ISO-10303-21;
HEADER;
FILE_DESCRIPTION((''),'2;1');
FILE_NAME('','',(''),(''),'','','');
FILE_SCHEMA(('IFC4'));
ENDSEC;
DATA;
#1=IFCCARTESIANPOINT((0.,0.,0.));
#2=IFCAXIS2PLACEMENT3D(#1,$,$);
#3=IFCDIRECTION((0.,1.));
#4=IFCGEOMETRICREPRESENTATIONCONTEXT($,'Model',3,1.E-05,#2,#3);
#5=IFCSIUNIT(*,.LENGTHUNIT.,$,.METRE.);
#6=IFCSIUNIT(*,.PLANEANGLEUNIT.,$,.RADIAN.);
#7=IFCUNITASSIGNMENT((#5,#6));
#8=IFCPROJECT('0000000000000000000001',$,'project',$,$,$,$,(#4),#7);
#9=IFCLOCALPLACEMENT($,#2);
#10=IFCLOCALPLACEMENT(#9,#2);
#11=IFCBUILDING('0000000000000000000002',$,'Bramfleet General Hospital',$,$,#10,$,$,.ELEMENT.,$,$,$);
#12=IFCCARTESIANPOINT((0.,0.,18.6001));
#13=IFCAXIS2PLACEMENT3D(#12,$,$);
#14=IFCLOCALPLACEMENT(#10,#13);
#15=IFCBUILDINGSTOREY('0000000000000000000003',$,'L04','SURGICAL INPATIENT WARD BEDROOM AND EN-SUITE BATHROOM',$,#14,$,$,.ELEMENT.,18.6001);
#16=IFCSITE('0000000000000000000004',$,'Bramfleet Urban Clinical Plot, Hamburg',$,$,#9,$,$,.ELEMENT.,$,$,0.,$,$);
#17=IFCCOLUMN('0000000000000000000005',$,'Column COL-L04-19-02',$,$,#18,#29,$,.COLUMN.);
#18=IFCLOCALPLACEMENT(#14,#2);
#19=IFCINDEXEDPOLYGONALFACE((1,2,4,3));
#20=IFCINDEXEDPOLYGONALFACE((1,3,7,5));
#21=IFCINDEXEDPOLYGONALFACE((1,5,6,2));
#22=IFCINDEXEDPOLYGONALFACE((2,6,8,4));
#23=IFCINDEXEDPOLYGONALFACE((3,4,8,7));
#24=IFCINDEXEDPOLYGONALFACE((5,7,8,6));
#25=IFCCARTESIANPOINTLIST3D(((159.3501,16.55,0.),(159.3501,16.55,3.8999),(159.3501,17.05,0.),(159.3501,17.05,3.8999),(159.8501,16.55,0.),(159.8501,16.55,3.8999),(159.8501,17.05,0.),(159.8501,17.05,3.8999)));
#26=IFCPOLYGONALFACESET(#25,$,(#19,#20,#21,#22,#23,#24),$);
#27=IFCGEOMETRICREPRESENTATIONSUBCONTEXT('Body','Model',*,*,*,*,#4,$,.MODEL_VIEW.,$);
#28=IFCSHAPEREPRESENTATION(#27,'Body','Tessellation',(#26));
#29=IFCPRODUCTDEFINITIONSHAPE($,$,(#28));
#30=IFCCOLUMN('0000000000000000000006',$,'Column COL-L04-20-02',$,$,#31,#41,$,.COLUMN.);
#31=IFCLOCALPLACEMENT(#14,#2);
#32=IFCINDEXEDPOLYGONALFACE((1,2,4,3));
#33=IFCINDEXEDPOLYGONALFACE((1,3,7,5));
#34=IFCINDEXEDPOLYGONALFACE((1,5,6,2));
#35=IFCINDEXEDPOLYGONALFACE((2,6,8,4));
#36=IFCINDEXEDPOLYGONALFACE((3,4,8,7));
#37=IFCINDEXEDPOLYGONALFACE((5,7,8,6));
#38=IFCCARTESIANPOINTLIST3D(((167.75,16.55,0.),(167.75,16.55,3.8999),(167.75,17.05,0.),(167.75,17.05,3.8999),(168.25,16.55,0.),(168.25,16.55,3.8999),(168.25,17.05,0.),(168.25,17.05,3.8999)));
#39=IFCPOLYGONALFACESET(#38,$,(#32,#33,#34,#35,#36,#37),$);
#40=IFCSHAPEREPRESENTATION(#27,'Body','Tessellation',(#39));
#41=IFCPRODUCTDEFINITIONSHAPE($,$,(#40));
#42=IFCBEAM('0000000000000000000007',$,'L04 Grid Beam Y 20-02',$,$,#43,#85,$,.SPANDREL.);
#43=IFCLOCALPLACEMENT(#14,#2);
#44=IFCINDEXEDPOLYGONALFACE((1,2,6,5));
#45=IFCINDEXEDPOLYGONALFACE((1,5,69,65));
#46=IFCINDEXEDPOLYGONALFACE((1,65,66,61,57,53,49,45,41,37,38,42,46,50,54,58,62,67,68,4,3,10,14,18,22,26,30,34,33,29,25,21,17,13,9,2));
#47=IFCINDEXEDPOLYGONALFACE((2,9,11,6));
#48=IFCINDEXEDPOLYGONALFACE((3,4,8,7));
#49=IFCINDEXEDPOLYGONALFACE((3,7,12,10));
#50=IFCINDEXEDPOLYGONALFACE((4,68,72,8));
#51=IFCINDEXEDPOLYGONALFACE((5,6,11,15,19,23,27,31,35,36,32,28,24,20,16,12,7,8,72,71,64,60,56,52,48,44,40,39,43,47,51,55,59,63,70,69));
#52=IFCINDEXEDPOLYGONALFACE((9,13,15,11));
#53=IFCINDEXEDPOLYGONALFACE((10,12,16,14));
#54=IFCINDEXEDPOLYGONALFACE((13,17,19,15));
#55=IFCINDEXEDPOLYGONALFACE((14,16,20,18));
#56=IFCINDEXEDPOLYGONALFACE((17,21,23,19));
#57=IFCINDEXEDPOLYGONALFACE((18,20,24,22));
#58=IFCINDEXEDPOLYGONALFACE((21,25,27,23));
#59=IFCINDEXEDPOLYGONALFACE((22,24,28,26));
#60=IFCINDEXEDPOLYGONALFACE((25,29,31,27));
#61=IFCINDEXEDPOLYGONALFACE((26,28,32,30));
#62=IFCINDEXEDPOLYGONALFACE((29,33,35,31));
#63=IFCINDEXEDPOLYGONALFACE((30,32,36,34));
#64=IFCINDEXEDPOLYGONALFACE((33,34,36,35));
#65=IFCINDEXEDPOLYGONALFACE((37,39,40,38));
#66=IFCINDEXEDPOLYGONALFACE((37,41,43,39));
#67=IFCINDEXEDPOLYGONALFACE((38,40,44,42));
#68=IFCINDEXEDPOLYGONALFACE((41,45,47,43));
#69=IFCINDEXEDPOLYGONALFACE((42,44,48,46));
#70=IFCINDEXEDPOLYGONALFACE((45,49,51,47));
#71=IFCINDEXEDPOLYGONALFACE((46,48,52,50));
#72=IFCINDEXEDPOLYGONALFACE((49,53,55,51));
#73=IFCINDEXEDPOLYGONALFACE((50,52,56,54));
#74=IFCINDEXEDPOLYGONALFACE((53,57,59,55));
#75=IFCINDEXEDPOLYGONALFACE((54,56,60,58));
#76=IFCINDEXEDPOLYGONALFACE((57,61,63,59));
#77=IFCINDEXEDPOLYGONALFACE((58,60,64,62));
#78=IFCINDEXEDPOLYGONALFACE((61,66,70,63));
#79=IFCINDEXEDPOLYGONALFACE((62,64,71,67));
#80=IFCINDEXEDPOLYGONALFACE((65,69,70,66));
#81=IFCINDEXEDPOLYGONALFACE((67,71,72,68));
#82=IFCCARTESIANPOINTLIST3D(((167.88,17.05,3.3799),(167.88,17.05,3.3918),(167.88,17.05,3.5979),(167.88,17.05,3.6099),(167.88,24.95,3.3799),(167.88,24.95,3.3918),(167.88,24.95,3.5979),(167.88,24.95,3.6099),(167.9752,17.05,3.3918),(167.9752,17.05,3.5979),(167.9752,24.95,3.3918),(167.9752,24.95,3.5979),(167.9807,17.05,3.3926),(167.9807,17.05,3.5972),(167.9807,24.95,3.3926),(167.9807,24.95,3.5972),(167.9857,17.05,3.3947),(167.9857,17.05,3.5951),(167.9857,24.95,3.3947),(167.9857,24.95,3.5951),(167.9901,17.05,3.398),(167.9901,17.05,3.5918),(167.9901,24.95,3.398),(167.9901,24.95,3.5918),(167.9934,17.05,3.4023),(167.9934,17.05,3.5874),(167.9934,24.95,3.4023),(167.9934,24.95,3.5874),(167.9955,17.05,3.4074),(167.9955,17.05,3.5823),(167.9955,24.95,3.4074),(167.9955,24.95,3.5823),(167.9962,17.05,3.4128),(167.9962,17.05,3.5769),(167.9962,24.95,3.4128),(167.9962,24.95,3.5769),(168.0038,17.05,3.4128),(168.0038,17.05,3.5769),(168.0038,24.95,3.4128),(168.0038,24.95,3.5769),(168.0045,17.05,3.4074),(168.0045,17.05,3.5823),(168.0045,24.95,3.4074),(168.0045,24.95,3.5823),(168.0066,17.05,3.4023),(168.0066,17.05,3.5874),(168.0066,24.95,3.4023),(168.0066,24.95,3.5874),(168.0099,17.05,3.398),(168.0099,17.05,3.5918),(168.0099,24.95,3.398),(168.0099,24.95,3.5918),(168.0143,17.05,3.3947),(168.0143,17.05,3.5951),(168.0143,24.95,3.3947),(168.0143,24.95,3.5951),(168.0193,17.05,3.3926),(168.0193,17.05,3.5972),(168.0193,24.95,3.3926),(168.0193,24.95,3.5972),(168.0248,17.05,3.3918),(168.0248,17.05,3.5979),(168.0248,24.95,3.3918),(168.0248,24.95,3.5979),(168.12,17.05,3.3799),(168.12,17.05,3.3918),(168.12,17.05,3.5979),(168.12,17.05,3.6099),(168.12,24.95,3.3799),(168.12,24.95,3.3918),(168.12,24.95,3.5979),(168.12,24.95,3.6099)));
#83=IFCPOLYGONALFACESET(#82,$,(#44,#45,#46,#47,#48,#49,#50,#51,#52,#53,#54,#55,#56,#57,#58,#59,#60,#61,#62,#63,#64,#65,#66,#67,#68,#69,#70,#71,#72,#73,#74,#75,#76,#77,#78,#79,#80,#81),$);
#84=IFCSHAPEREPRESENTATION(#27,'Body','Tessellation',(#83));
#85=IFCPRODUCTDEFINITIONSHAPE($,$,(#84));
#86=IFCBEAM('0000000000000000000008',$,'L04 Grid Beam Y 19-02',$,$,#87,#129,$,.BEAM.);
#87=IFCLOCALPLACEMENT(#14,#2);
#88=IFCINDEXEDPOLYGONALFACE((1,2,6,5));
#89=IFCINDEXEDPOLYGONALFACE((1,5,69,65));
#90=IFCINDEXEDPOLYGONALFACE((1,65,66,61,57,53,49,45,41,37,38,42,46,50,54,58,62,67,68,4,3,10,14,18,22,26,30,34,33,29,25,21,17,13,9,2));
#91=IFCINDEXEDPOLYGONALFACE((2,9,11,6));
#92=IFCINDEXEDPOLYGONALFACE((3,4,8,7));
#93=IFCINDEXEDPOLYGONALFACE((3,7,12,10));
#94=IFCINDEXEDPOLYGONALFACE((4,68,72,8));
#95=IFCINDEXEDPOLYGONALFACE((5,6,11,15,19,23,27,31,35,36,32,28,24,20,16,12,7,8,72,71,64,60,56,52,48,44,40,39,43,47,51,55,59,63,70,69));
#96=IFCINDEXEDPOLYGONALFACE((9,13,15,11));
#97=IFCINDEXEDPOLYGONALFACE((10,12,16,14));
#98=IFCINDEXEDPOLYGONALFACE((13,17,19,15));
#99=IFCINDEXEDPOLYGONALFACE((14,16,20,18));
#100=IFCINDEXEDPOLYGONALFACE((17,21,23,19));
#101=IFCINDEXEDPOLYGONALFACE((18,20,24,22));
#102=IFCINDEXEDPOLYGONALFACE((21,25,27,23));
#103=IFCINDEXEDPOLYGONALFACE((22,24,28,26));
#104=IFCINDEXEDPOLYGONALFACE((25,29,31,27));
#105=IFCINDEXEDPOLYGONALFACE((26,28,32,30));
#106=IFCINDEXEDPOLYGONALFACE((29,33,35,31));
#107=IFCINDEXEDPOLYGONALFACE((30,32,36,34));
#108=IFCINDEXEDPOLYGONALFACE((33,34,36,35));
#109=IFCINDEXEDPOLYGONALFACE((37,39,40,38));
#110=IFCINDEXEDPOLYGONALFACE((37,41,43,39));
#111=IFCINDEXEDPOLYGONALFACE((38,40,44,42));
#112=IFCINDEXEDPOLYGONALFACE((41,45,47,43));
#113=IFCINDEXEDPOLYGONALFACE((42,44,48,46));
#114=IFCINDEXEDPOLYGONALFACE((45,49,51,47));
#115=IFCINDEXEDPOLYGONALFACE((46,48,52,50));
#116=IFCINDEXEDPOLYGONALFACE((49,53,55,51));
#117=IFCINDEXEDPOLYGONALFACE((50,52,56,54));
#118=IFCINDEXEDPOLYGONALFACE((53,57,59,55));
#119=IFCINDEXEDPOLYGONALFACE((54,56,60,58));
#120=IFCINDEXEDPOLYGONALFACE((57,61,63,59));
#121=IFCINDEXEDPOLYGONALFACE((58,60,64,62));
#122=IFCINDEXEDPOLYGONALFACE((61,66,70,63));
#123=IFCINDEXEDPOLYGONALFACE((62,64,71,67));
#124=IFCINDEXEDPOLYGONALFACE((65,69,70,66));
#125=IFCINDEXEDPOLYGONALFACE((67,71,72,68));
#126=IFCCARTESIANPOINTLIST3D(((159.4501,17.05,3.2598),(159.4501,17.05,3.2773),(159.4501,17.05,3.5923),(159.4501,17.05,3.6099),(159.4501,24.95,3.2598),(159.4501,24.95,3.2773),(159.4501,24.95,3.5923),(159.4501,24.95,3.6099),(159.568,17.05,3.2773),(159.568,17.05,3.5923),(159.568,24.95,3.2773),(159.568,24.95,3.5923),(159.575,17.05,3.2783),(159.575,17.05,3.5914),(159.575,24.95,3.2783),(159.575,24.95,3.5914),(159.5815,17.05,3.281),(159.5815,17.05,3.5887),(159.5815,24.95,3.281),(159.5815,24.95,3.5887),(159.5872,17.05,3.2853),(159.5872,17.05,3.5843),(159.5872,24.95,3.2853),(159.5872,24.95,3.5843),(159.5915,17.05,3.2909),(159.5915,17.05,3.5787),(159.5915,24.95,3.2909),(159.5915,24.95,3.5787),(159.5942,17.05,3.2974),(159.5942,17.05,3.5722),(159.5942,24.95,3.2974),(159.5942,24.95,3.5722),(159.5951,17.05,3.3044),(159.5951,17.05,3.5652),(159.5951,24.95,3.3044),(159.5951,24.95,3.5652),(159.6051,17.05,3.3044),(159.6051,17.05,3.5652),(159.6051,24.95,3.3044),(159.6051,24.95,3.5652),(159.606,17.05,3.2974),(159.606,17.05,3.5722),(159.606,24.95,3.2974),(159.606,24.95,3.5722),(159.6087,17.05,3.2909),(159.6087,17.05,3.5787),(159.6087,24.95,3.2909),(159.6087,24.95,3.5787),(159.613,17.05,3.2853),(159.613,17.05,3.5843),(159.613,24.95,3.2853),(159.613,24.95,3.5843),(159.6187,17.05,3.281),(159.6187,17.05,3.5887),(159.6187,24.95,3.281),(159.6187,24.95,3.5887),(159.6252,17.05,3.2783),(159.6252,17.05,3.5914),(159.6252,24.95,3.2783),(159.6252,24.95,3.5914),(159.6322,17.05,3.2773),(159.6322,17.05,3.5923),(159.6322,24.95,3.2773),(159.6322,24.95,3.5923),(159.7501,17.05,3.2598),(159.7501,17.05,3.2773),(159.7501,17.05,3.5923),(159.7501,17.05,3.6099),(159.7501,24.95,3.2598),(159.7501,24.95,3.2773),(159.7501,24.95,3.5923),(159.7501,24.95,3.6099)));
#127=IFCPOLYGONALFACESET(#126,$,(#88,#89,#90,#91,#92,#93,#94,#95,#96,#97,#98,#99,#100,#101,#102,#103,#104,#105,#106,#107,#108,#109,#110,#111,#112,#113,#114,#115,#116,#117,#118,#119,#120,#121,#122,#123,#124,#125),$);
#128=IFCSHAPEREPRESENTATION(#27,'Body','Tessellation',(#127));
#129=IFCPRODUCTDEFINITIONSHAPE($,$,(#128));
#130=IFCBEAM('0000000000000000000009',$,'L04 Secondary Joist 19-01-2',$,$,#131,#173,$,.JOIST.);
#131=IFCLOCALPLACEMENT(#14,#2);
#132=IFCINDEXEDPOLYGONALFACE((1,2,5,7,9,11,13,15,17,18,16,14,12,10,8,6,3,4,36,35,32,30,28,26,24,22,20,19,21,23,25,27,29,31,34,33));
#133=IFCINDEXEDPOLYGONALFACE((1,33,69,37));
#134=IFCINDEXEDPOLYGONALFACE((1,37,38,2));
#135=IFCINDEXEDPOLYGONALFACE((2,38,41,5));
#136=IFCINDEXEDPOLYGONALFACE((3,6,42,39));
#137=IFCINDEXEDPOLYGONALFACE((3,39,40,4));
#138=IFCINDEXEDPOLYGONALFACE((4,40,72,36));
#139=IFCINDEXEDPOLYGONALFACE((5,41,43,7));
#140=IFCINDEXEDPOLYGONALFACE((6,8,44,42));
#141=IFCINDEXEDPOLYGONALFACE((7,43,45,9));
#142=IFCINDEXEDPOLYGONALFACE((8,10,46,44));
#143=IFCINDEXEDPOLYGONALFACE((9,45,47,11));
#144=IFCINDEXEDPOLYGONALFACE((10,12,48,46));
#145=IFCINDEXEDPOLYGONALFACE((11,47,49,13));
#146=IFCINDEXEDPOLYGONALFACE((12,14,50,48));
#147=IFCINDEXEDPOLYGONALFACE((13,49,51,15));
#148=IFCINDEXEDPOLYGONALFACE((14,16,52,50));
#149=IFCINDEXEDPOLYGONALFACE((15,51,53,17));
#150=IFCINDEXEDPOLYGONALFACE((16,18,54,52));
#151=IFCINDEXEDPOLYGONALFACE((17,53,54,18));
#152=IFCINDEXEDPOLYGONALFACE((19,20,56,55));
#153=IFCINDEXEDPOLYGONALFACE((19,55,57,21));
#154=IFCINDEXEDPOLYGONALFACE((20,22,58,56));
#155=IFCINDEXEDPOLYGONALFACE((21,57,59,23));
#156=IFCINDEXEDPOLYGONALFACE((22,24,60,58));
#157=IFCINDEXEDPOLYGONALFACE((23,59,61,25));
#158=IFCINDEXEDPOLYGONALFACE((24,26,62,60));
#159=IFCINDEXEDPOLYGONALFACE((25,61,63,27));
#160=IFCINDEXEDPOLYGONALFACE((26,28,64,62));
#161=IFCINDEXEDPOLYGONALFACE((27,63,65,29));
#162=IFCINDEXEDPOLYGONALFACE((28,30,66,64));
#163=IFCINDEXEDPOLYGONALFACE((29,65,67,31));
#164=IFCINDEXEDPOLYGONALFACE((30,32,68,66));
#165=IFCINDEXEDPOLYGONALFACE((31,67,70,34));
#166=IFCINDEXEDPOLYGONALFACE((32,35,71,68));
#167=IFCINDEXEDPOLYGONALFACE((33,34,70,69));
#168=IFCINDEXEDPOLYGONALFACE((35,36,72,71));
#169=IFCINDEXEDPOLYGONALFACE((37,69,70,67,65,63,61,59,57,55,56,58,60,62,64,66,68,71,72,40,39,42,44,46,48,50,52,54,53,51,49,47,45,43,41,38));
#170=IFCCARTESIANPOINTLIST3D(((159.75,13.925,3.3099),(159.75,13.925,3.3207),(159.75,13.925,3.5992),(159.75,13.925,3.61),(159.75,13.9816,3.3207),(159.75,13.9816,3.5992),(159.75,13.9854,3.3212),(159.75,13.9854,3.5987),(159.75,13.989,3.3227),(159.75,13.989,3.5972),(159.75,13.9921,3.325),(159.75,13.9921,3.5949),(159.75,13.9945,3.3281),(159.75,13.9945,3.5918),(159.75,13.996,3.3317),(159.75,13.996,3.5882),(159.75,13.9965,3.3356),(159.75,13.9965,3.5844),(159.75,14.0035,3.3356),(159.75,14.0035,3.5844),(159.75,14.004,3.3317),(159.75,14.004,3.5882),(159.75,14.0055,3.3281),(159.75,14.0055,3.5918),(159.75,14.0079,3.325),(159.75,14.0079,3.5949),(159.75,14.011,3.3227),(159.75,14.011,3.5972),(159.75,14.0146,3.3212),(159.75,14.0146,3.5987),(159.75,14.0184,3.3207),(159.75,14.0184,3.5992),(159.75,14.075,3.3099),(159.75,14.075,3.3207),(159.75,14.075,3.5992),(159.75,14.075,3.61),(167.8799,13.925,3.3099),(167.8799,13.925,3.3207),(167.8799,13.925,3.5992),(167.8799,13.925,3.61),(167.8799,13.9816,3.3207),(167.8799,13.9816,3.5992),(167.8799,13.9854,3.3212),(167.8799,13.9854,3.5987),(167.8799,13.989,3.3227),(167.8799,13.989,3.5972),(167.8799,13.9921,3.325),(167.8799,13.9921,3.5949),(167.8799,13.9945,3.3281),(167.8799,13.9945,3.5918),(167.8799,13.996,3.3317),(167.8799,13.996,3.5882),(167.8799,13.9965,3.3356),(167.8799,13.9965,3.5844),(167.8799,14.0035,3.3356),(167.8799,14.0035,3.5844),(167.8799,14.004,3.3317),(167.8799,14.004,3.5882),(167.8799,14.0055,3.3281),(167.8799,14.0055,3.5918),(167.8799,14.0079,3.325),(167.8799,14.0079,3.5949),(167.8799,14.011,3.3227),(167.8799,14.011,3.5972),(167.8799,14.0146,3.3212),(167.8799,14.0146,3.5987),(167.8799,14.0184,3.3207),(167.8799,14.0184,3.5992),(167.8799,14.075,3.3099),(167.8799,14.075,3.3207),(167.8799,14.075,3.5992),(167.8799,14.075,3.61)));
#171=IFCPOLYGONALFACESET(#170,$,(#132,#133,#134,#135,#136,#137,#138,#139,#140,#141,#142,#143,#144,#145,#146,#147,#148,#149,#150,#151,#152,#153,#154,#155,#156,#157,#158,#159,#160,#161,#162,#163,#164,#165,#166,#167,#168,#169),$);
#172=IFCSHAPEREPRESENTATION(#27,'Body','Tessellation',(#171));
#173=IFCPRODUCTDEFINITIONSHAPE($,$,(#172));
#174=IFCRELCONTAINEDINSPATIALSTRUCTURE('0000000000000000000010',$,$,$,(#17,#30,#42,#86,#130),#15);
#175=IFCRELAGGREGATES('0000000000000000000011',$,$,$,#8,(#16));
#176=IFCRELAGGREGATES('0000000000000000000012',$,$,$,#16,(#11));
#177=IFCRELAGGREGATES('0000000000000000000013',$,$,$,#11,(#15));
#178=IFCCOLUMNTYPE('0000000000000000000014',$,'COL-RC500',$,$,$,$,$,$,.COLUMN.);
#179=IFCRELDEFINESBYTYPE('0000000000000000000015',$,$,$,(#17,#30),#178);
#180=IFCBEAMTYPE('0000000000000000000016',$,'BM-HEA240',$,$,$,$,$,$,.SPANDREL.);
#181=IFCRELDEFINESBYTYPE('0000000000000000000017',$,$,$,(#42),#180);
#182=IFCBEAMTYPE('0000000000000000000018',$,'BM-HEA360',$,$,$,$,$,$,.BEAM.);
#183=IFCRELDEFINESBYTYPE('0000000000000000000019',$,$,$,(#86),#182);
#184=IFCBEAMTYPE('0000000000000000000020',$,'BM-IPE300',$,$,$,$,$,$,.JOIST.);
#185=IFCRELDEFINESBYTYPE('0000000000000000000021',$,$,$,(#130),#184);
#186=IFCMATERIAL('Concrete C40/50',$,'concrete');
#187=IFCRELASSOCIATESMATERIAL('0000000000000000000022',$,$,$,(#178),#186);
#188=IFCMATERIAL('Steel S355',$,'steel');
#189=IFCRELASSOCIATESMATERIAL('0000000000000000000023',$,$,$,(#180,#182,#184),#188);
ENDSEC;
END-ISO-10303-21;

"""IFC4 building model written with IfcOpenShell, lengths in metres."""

from ifc_helpers import new_model, si_unit, direction, frame, origin, origin_2d, place, context, subcontext, project, spatial, rectangle, i_section, extrude, material, material_profile, profile_set, type_object, element, save


model = new_model("IFC4")

# Units and contexts
model_context = context("Model", 3, precision=1e-05, world=origin(), true_north=direction((0.0, 1.0)))
body_context = subcontext(model_context, "Body", "Model", "MODEL_VIEW")
ifc_project = project(units=[si_unit("LENGTHUNIT", "METRE"), si_unit("PLANEANGLEUNIT", "RADIAN")], contexts=[model_context])

# Site, building, storey
site_placement = place(None, origin())
site = spatial("IfcSite", under=ifc_project, at=site_placement, Name="Bramfleet Urban Clinical Plot, Hamburg", CompositionType="ELEMENT", RefElevation=0.0)
building_placement = place(site_placement, origin())
building = spatial("IfcBuilding", under=site, at=building_placement, Name="Bramfleet General Hospital", CompositionType="ELEMENT")
storey_placement = place(building_placement, frame((0.0, 0.0, 18.6001)))
storey = spatial("IfcBuildingStorey", under=building, at=storey_placement, Name="L04", Description="SURGICAL INPATIENT WARD BEDROOM AND EN-SUITE BATHROOM", CompositionType="ELEMENT", Elevation=18.6001)

# Columns
ifc_material_1 = material(Name="Concrete C40/50", Category="concrete")
ifc_material_profile_1 = material_profile(ifc_material_1, rectangle(XDim=0.5, YDim=0.5, at=origin_2d()), Name="RC COL 500x500")
ifc_profile_set_1 = profile_set([ifc_material_profile_1], Name="Concrete C40/50")
column_type = type_object("IfcColumnType", Name="COL-RC500", PredefinedType="COLUMN", material=ifc_profile_set_1)
for number, where, z_axis, x_axis, name in (
    (1, (159.6001, 16.8, 0.0), (0.0, 0.0, 1.0), (1.0, 0.0, 0.0), "Column COL-L04-19-02"),
    (2, (168.0, 16.8, 0.0), (0.0, 0.0, 1.0), (1.0, 0.0, 0.0), "Column COL-L04-20-02"),
):
    element("IfcColumn", number, at=place(storey_placement, frame(where, z_axis=z_axis, x_axis=x_axis)), inside=storey, type_object=column_type, Name=name, PredefinedType="COLUMN", context=body_context, shape_type="SweptSolid", body=[
        extrude(rectangle(XDim=0.5, YDim=0.5, at=origin_2d()), origin(), (0.0, 0.0, 1.0), 3.8999),
    ])

# Beams
ifc_material_2 = material(Name="Steel S355", Category="steel")
ifc_material_profile_2 = material_profile(ifc_material_2, i_section(OverallWidth=0.24, OverallDepth=0.23, WebThickness=0.0076, FlangeThickness=0.012, FilletRadius=0.021, at=origin_2d()), Name="HEA 240")
ifc_profile_set_2 = profile_set([ifc_material_profile_2], Name="Steel S355")
beam_type_1 = type_object("IfcBeamType", Name="BM-HEA240", PredefinedType="SPANDREL", material=ifc_profile_set_2)
beam_1_placement = place(storey_placement, frame((168.0, 17.05, 3.4949), z_axis=(0.0, 1.0, 0.0), x_axis=(-1.0, 0.0, 0.0)))
element("IfcBeam", 3, at=beam_1_placement, inside=storey, type_object=beam_type_1, Name="L04 Grid Beam Y 20-02", PredefinedType="SPANDREL", context=body_context, shape_type="SweptSolid", body=[
    extrude(i_section(OverallWidth=0.24, OverallDepth=0.23, WebThickness=0.0076, FlangeThickness=0.012, FilletRadius=0.021, at=origin_2d()), origin(), (0.0, 0.0, 1.0), 7.8999),
])
ifc_material_profile_3 = material_profile(ifc_material_2, i_section(OverallWidth=0.3, OverallDepth=0.3501, WebThickness=0.01, FlangeThickness=0.0176, FilletRadius=0.0271, at=origin_2d()), Name="HEA 360")
ifc_profile_set_3 = profile_set([ifc_material_profile_3], Name="Steel S355")
beam_type_2 = type_object("IfcBeamType", Name="BM-HEA360", PredefinedType="BEAM", material=ifc_profile_set_3)
beam_2_placement = place(storey_placement, frame((159.6001, 17.05, 3.4348), z_axis=(0.0, 1.0, 0.0), x_axis=(-1.0, 0.0, 0.0)))
element("IfcBeam", 4, at=beam_2_placement, inside=storey, type_object=beam_type_2, Name="L04 Grid Beam Y 19-02", PredefinedType="BEAM", context=body_context, shape_type="SweptSolid", body=[
    extrude(i_section(OverallWidth=0.3, OverallDepth=0.3501, WebThickness=0.01, FlangeThickness=0.0176, FilletRadius=0.0271, at=origin_2d()), origin(), (0.0, 0.0, 1.0), 7.8999),
])
ifc_material_profile_4 = material_profile(ifc_material_2, i_section(OverallWidth=0.1499, OverallDepth=0.3, WebThickness=0.0071, FlangeThickness=0.0107, FilletRadius=0.0149, at=origin_2d()), Name="IPE 300")
ifc_profile_set_4 = profile_set([ifc_material_profile_4], Name="Steel S355")
beam_type_3 = type_object("IfcBeamType", Name="BM-IPE300", PredefinedType="JOIST", material=ifc_profile_set_4)
for number, where, z_axis, x_axis, name in (
    (5, (159.75, 14.0, 3.46), (1.0, 0.0, 0.0), (0.0, 1.0, 0.0), "L04 Secondary Joist 19-01-2"),
):
    element("IfcBeam", number, at=place(storey_placement, frame(where, z_axis=z_axis, x_axis=x_axis)), inside=storey, type_object=beam_type_3, Name=name, PredefinedType="JOIST", context=body_context, shape_type="SweptSolid", body=[
        extrude(i_section(OverallWidth=0.1499, OverallDepth=0.3, WebThickness=0.0071, FlangeThickness=0.0107, FilletRadius=0.0149, at=origin_2d()), origin(), (0.0, 0.0, 1.0), 8.1299),
    ])

save(model, "model.ifc")
